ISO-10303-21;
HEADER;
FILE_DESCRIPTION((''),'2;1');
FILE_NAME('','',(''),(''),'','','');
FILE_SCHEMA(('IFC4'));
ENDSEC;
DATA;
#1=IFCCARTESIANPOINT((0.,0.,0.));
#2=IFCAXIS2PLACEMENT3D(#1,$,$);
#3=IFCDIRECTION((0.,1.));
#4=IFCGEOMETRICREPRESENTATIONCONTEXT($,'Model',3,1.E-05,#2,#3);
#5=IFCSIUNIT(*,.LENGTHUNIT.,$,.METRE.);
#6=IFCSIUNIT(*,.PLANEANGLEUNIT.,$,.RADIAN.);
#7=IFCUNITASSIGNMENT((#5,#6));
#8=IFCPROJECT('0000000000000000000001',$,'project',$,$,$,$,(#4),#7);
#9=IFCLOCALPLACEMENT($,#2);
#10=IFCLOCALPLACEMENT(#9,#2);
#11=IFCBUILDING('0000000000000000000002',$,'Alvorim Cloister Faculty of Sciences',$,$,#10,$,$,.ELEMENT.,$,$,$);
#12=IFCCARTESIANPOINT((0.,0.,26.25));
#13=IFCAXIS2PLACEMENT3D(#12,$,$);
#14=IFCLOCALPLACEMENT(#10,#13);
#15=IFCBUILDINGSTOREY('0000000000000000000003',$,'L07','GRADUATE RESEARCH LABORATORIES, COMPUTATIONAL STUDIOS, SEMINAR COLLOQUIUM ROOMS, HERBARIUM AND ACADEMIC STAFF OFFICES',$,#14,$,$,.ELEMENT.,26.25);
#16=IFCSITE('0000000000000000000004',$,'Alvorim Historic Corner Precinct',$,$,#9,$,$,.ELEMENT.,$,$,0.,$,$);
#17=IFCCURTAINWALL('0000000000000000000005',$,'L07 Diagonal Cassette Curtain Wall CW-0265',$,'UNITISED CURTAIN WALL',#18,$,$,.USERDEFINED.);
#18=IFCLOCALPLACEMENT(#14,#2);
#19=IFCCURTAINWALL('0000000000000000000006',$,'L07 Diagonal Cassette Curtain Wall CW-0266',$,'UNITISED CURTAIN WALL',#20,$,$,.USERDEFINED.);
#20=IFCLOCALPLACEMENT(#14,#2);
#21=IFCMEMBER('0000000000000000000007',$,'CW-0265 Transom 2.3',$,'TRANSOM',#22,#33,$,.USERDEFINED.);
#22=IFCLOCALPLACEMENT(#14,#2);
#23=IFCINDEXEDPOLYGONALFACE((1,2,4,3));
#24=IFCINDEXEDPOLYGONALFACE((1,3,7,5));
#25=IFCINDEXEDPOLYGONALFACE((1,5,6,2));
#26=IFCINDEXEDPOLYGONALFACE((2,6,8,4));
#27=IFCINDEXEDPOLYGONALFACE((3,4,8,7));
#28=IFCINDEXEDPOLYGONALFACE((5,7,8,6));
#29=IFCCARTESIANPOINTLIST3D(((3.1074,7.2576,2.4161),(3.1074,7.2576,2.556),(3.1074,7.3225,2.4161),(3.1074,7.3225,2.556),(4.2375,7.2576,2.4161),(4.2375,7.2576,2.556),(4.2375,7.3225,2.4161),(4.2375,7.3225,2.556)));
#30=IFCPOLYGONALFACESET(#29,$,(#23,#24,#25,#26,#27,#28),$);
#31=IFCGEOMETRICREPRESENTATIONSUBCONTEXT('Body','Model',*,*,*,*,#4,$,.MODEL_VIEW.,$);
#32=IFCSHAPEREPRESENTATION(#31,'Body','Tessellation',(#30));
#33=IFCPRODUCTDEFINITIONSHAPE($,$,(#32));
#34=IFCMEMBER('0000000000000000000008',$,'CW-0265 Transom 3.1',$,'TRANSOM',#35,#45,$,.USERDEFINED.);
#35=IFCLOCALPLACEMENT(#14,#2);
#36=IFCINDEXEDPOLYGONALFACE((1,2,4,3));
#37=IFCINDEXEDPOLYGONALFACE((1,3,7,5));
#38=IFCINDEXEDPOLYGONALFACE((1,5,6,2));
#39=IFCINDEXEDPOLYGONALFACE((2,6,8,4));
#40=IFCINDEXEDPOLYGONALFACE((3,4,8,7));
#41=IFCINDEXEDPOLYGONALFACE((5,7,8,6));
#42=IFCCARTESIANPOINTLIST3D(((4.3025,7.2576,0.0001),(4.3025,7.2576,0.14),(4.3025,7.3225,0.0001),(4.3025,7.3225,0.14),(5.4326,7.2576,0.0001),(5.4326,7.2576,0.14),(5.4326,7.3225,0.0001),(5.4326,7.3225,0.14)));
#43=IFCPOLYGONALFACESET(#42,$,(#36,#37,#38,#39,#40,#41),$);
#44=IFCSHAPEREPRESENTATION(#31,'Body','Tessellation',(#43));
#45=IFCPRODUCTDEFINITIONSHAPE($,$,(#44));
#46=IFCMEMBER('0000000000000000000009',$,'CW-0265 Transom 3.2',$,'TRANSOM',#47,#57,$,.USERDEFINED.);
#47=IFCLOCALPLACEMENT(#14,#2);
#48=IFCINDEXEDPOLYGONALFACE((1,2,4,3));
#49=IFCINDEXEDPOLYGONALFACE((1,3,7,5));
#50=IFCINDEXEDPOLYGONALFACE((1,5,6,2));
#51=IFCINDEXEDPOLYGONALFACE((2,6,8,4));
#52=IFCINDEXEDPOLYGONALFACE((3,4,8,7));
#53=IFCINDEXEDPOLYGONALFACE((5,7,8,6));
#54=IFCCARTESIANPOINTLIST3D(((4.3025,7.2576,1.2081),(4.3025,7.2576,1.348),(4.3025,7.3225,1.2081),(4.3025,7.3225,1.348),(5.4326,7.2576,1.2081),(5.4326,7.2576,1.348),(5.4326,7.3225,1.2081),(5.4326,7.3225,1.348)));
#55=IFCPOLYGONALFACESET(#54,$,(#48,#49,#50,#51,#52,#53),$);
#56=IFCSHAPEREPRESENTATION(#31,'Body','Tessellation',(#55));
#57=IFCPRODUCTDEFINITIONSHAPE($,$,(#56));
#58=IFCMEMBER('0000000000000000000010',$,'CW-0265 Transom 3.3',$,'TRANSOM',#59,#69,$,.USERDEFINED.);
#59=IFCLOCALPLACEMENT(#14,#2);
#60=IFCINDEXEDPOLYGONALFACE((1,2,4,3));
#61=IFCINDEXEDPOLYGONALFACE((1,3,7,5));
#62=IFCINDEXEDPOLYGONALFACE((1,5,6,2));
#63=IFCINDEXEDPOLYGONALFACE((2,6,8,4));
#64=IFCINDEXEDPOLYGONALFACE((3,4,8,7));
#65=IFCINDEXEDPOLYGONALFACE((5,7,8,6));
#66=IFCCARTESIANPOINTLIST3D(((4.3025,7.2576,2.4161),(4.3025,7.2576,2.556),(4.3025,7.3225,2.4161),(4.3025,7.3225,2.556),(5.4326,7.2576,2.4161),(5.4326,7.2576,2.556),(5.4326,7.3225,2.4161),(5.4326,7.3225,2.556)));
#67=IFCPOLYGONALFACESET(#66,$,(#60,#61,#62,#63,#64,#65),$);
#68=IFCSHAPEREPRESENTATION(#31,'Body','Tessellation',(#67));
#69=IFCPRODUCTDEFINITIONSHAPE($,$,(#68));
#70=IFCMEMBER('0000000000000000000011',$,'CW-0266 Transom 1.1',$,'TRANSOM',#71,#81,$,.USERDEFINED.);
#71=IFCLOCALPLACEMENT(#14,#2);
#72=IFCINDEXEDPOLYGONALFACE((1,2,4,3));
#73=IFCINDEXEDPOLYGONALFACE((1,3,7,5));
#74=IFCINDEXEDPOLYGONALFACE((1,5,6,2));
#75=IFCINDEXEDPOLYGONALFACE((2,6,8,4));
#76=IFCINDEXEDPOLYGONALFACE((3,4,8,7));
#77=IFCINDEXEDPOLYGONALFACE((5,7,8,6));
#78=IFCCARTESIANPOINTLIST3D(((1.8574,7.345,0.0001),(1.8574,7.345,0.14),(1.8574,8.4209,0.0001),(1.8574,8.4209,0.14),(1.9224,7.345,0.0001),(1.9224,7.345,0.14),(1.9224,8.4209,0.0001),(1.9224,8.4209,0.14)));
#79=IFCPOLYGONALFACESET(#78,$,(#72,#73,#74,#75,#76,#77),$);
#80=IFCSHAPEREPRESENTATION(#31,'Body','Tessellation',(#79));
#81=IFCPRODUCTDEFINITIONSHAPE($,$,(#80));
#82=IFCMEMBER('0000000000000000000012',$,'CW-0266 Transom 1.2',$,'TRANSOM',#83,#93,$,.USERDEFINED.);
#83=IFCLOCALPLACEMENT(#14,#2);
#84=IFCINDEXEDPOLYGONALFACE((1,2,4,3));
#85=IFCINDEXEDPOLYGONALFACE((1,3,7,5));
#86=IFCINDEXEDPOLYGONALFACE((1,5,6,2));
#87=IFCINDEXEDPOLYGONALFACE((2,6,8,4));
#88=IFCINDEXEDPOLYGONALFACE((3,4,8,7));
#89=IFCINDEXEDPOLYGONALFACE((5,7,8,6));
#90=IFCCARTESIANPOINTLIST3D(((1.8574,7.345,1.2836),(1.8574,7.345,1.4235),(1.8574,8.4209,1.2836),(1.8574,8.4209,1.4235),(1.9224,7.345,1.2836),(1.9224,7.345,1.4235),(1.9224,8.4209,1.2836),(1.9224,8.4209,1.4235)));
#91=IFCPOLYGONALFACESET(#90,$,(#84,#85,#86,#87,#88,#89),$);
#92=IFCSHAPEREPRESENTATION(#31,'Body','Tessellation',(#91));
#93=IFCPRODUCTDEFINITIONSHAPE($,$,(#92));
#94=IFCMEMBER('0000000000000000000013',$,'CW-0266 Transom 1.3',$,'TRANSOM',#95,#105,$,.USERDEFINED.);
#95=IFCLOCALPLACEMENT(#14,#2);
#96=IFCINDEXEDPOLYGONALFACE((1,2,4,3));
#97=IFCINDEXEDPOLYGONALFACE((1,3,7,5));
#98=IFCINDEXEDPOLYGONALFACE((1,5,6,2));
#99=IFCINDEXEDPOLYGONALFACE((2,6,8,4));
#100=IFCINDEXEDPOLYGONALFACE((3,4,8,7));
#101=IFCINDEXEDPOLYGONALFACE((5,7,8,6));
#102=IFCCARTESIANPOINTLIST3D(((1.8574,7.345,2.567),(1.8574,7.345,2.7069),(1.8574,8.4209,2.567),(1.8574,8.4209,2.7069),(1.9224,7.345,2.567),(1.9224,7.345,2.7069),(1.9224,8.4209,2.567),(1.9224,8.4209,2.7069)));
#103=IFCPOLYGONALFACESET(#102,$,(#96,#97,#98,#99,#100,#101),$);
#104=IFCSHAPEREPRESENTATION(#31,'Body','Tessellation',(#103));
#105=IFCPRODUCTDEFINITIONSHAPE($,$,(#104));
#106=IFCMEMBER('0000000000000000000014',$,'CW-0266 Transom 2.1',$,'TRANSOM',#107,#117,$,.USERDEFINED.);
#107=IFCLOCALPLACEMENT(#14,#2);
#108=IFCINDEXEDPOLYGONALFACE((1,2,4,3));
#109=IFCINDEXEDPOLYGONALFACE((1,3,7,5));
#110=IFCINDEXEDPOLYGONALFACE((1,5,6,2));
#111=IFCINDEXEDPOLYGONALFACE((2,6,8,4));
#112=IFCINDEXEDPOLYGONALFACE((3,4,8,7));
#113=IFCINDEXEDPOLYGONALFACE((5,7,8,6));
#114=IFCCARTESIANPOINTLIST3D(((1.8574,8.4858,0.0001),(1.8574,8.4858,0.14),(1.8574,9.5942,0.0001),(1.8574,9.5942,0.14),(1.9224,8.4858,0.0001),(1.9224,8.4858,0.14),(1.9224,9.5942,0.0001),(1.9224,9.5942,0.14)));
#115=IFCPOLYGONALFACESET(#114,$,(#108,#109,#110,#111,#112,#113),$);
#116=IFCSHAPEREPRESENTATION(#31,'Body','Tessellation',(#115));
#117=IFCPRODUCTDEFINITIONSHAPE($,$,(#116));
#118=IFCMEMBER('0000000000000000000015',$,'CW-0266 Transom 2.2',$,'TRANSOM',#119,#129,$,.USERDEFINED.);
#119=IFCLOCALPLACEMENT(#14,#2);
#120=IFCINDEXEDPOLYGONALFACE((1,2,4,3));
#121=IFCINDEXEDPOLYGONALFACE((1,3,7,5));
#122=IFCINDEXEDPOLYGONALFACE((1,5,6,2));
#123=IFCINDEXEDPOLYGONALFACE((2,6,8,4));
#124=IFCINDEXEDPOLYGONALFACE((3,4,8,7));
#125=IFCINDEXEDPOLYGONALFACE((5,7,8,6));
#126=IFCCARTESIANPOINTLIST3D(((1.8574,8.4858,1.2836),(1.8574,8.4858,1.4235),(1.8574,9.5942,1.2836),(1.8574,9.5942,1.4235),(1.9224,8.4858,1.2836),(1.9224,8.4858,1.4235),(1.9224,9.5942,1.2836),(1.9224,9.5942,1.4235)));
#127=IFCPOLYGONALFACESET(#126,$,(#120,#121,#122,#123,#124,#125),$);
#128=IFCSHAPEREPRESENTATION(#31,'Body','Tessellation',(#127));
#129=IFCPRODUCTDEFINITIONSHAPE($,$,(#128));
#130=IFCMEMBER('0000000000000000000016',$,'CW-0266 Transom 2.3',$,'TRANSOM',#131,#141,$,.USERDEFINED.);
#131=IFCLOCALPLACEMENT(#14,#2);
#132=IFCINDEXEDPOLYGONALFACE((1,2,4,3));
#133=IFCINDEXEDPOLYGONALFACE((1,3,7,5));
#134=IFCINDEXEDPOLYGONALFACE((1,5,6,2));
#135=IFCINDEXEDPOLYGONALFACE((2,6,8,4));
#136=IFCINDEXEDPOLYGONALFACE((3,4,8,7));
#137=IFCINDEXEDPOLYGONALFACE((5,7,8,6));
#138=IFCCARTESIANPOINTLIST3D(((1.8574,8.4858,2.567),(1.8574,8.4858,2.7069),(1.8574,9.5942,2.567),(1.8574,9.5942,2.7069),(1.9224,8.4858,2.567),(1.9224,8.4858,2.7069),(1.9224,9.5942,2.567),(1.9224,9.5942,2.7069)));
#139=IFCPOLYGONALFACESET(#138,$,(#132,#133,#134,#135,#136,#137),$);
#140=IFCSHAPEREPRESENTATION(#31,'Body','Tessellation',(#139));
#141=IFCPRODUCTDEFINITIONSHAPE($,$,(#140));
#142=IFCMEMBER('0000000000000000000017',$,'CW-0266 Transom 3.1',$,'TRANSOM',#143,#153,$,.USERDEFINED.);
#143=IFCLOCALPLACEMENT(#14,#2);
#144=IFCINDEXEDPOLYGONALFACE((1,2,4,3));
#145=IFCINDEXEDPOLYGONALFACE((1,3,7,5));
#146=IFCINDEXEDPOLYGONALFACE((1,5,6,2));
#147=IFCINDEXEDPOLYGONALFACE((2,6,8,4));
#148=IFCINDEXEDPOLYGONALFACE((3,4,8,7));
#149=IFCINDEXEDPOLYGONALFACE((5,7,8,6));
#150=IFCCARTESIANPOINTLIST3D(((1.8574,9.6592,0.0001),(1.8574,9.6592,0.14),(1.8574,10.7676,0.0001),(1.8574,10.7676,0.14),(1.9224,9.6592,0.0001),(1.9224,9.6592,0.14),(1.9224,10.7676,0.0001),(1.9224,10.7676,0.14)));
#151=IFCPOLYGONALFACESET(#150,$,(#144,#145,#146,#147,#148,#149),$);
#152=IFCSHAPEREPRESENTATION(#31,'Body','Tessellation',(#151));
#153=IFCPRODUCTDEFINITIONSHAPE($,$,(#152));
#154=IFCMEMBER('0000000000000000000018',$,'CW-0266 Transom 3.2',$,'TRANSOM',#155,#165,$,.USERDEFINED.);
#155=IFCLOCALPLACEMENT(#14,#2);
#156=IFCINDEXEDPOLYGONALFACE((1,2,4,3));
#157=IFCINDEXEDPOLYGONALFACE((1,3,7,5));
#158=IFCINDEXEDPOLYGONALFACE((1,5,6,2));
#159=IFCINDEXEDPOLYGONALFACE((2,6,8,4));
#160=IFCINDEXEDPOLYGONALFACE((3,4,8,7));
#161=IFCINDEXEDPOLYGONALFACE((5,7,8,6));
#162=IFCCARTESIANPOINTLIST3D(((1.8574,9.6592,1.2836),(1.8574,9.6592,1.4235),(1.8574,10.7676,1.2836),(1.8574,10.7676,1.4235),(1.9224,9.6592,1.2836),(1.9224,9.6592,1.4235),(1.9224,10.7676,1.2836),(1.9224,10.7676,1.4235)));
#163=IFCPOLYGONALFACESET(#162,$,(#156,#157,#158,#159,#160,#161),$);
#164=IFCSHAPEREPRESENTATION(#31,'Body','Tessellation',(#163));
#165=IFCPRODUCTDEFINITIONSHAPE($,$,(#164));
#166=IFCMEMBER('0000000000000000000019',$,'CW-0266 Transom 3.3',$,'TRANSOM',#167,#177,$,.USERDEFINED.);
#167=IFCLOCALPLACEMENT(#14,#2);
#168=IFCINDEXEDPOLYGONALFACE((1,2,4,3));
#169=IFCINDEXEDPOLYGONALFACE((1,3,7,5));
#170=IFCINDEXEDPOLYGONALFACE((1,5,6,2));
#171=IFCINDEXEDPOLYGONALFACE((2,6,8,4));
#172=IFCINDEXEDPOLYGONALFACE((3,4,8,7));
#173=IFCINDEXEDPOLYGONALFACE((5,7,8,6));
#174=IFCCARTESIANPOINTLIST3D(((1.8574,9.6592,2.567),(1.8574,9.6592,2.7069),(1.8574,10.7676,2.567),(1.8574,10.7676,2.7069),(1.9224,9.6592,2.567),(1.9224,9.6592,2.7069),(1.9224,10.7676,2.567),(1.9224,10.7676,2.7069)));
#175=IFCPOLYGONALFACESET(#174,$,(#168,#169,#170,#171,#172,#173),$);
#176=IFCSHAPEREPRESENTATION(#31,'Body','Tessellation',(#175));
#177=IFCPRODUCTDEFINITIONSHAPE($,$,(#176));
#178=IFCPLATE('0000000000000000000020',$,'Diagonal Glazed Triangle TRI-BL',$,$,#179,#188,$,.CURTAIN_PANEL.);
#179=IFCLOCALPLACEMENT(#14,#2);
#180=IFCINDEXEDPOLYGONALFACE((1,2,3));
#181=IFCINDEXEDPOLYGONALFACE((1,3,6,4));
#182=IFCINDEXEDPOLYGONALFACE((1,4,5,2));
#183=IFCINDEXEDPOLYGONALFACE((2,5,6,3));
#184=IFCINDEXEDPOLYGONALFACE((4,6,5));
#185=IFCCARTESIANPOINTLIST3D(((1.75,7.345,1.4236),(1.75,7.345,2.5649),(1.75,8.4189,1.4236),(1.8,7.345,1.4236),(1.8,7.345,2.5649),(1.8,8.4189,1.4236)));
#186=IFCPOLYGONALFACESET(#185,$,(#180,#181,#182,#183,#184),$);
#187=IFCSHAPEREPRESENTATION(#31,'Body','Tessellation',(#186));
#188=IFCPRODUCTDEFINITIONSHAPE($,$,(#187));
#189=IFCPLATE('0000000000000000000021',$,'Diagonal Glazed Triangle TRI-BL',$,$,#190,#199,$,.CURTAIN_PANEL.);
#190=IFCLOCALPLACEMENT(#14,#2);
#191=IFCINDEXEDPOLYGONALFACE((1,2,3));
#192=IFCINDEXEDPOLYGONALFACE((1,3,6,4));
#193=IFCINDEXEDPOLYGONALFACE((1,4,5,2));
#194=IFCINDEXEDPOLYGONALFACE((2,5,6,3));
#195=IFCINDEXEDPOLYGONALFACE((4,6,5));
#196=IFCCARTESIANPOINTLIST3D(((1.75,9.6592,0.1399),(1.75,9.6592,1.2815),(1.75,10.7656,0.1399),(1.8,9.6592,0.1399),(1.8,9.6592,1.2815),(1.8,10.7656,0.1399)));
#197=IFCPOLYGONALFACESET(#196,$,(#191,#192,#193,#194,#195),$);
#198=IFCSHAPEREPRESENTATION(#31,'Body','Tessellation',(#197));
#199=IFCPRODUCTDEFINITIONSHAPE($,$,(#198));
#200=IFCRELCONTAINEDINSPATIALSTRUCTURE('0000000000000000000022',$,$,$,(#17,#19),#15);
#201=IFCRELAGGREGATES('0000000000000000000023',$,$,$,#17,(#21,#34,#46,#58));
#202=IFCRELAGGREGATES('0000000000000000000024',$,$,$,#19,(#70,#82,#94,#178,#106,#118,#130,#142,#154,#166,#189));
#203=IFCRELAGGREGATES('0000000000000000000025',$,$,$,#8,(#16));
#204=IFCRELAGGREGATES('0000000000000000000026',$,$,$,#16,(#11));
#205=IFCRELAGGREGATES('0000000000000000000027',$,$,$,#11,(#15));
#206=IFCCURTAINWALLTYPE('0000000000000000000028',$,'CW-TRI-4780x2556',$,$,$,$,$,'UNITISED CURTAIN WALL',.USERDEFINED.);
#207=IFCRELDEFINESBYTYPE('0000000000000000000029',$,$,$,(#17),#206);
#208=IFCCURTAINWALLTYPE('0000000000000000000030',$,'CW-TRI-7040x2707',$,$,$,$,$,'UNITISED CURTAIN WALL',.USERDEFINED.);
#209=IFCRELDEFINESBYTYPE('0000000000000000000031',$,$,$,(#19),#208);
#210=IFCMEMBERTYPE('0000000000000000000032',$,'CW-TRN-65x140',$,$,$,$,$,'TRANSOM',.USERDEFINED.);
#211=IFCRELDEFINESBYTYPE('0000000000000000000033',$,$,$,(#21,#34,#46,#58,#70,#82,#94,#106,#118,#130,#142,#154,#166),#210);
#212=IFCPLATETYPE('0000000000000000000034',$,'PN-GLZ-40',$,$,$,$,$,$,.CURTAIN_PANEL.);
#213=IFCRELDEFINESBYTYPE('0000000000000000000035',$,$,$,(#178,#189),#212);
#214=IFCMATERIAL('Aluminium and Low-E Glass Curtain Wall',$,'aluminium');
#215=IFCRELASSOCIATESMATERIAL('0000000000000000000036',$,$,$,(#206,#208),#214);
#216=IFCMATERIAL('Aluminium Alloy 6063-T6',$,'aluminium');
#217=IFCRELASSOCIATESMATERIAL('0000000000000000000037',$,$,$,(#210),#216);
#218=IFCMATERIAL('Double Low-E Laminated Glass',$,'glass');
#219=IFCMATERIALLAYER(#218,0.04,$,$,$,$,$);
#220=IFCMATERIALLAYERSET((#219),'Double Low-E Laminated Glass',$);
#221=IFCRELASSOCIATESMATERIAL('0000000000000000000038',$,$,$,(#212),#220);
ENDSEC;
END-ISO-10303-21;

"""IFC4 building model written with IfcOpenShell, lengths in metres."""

from ifc_helpers import new_model, si_unit, direction, frame, origin, origin_2d, place, context, subcontext, project, spatial, polyline, rectangle, outline, extrude, material, layer, layer_set, material_profile, profile_set, type_object, element, aggregate, save


model = new_model("IFC4")

# Units and contexts
model_context = context("Model", 3, precision=1e-05, world=origin(), true_north=direction((0.0, 1.0)))
body_context = subcontext(model_context, "Body", "Model", "MODEL_VIEW")
ifc_project = project(units=[si_unit("LENGTHUNIT", "METRE"), si_unit("PLANEANGLEUNIT", "RADIAN")], contexts=[model_context])

# Site, building, storey
site_placement = place(None, origin())
site = spatial("IfcSite", under=ifc_project, at=site_placement, Name="Alvorim Historic Corner Precinct", CompositionType="ELEMENT", RefElevation=0.0)
building_placement = place(site_placement, origin())
building = spatial("IfcBuilding", under=site, at=building_placement, Name="Alvorim Cloister Faculty of Sciences", CompositionType="ELEMENT")
storey_placement = place(building_placement, frame((0.0, 0.0, 26.25)))
storey = spatial("IfcBuildingStorey", under=building, at=storey_placement, Name="L07", Description="GRADUATE RESEARCH LABORATORIES, COMPUTATIONAL STUDIOS, SEMINAR COLLOQUIUM ROOMS, HERBARIUM AND ACADEMIC STAFF OFFICES", CompositionType="ELEMENT", Elevation=26.25)

# Curtain walls
ifc_material_1 = material(Name="Aluminium and Low-E Glass Curtain Wall", Category="aluminium")
curtain_wall_type_1 = type_object("IfcCurtainWallType", Name="CW-TRI-4780x2556", ElementType="UNITISED CURTAIN WALL", PredefinedType="USERDEFINED", material=ifc_material_1)
curtain_wall_1_placement = place(storey_placement, origin())
curtain_wall_1 = element("IfcCurtainWall", 1, at=curtain_wall_1_placement, inside=storey, type_object=curtain_wall_type_1, Name="L07 Diagonal Cassette Curtain Wall CW-0265", ObjectType="UNITISED CURTAIN WALL", PredefinedType="USERDEFINED")
ifc_material_2 = material(Name="Aluminium Alloy 6063-T6", Category="aluminium")
curtain_wall_type_2 = type_object("IfcCurtainWallType", Name="CW-TRI-7040x2707", ElementType="UNITISED CURTAIN WALL", PredefinedType="USERDEFINED", material=ifc_material_1)
curtain_wall_2_placement = place(storey_placement, origin())
curtain_wall_2 = element("IfcCurtainWall", 2, at=curtain_wall_2_placement, inside=storey, type_object=curtain_wall_type_2, Name="L07 Diagonal Cassette Curtain Wall CW-0266", ObjectType="UNITISED CURTAIN WALL", PredefinedType="USERDEFINED")

# Members
ifc_material_profile_1 = material_profile(ifc_material_2, rectangle(XDim=0.0649, YDim=0.1399, at=origin_2d()), Name="ALU-TRN-65x140")
ifc_profile_set_1 = profile_set([ifc_material_profile_1], Name="Aluminium Alloy 6063-T6")
member_type_1 = type_object("IfcMemberType", Name="CW-TRN-65x140", ElementType="TRANSOM", PredefinedType="USERDEFINED", material=ifc_profile_set_1)
member_1_placement = place(storey_placement, frame((3.1074, 7.29, 2.4861), z_axis=(1.0, 0.0, 0.0), x_axis=(0.0, 1.0, 0.0)))
member_1 = element("IfcMember", 3, at=member_1_placement, type_object=member_type_1, Name="CW-0265 Transom 2.3", ObjectType="TRANSOM", PredefinedType="USERDEFINED", context=body_context, shape_type="SweptSolid", body=[
    extrude(rectangle(XDim=0.0649, YDim=0.1399, at=origin_2d()), origin(), (0.0, 0.0, 1.0), 1.1301),
])
member_2_placement = place(storey_placement, frame((4.3025, 7.29, 0.0701), z_axis=(1.0, 0.0, 0.0), x_axis=(0.0, 1.0, 0.0)))
member_2 = element("IfcMember", 4, at=member_2_placement, type_object=member_type_1, Name="CW-0265 Transom 3.1", ObjectType="TRANSOM", PredefinedType="USERDEFINED", context=body_context, shape_type="SweptSolid", body=[
    extrude(rectangle(XDim=0.0649, YDim=0.1399, at=origin_2d()), origin(), (0.0, 0.0, 1.0), 1.1301),
])
member_3_placement = place(storey_placement, frame((4.3025, 7.29, 1.2781), z_axis=(1.0, 0.0, 0.0), x_axis=(0.0, 1.0, 0.0)))
member_3 = element("IfcMember", 5, at=member_3_placement, type_object=member_type_1, Name="CW-0265 Transom 3.2", ObjectType="TRANSOM", PredefinedType="USERDEFINED", context=body_context, shape_type="SweptSolid", body=[
    extrude(rectangle(XDim=0.0649, YDim=0.1399, at=origin_2d()), origin(), (0.0, 0.0, 1.0), 1.1301),
])
member_4_placement = place(storey_placement, frame((4.3025, 7.29, 2.4861), z_axis=(1.0, 0.0, 0.0), x_axis=(0.0, 1.0, 0.0)))
member_4 = element("IfcMember", 6, at=member_4_placement, type_object=member_type_1, Name="CW-0265 Transom 3.3", ObjectType="TRANSOM", PredefinedType="USERDEFINED", context=body_context, shape_type="SweptSolid", body=[
    extrude(rectangle(XDim=0.0649, YDim=0.1399, at=origin_2d()), origin(), (0.0, 0.0, 1.0), 1.1301),
])
aggregate(curtain_wall_1, [member_1, member_2, member_3, member_4])
member_5_placement = place(storey_placement, frame((1.8899, 7.345, 0.0701), z_axis=(0.0, 1.0, 0.0), x_axis=(-1.0, 0.0, 0.0)))
member_5 = element("IfcMember", 7, at=member_5_placement, type_object=member_type_1, Name="CW-0266 Transom 1.1", ObjectType="TRANSOM", PredefinedType="USERDEFINED", context=body_context, shape_type="SweptSolid", body=[
    extrude(rectangle(XDim=0.0649, YDim=0.1399, at=origin_2d()), origin(), (0.0, 0.0, 1.0), 1.0759),
])
member_6_placement = place(storey_placement, frame((1.8899, 7.345, 1.3535), z_axis=(0.0, 1.0, 0.0), x_axis=(-1.0, 0.0, 0.0)))
member_6 = element("IfcMember", 8, at=member_6_placement, type_object=member_type_1, Name="CW-0266 Transom 1.2", ObjectType="TRANSOM", PredefinedType="USERDEFINED", context=body_context, shape_type="SweptSolid", body=[
    extrude(rectangle(XDim=0.0649, YDim=0.1399, at=origin_2d()), origin(), (0.0, 0.0, 1.0), 1.0759),
])
member_7_placement = place(storey_placement, frame((1.8899, 7.345, 2.637), z_axis=(0.0, 1.0, 0.0), x_axis=(-1.0, 0.0, 0.0)))
member_7 = element("IfcMember", 9, at=member_7_placement, type_object=member_type_1, Name="CW-0266 Transom 1.3", ObjectType="TRANSOM", PredefinedType="USERDEFINED", context=body_context, shape_type="SweptSolid", body=[
    extrude(rectangle(XDim=0.0649, YDim=0.1399, at=origin_2d()), origin(), (0.0, 0.0, 1.0), 1.0759),
])
member_8_placement = place(storey_placement, frame((1.8899, 8.4858, 0.0701), z_axis=(0.0, 1.0, 0.0), x_axis=(-1.0, 0.0, 0.0)))
member_8 = element("IfcMember", 10, at=member_8_placement, type_object=member_type_1, Name="CW-0266 Transom 2.1", ObjectType="TRANSOM", PredefinedType="USERDEFINED", context=body_context, shape_type="SweptSolid", body=[
    extrude(rectangle(XDim=0.0649, YDim=0.1399, at=origin_2d()), origin(), (0.0, 0.0, 1.0), 1.1084),
])
member_9_placement = place(storey_placement, frame((1.8899, 8.4858, 1.3535), z_axis=(0.0, 1.0, 0.0), x_axis=(-1.0, 0.0, 0.0)))
member_9 = element("IfcMember", 11, at=member_9_placement, type_object=member_type_1, Name="CW-0266 Transom 2.2", ObjectType="TRANSOM", PredefinedType="USERDEFINED", context=body_context, shape_type="SweptSolid", body=[
    extrude(rectangle(XDim=0.0649, YDim=0.1399, at=origin_2d()), origin(), (0.0, 0.0, 1.0), 1.1084),
])
member_10_placement = place(storey_placement, frame((1.8899, 8.4858, 2.637), z_axis=(0.0, 1.0, 0.0), x_axis=(-1.0, 0.0, 0.0)))
member_10 = element("IfcMember", 12, at=member_10_placement, type_object=member_type_1, Name="CW-0266 Transom 2.3", ObjectType="TRANSOM", PredefinedType="USERDEFINED", context=body_context, shape_type="SweptSolid", body=[
    extrude(rectangle(XDim=0.0649, YDim=0.1399, at=origin_2d()), origin(), (0.0, 0.0, 1.0), 1.1084),
])
member_11_placement = place(storey_placement, frame((1.8899, 9.6592, 0.0701), z_axis=(0.0, 1.0, 0.0), x_axis=(-1.0, 0.0, 0.0)))
member_11 = element("IfcMember", 13, at=member_11_placement, type_object=member_type_1, Name="CW-0266 Transom 3.1", ObjectType="TRANSOM", PredefinedType="USERDEFINED", context=body_context, shape_type="SweptSolid", body=[
    extrude(rectangle(XDim=0.0649, YDim=0.1399, at=origin_2d()), origin(), (0.0, 0.0, 1.0), 1.1084),
])
member_12_placement = place(storey_placement, frame((1.8899, 9.6592, 1.3535), z_axis=(0.0, 1.0, 0.0), x_axis=(-1.0, 0.0, 0.0)))
member_12 = element("IfcMember", 14, at=member_12_placement, type_object=member_type_1, Name="CW-0266 Transom 3.2", ObjectType="TRANSOM", PredefinedType="USERDEFINED", context=body_context, shape_type="SweptSolid", body=[
    extrude(rectangle(XDim=0.0649, YDim=0.1399, at=origin_2d()), origin(), (0.0, 0.0, 1.0), 1.1084),
])
member_13_placement = place(storey_placement, frame((1.8899, 9.6592, 2.637), z_axis=(0.0, 1.0, 0.0), x_axis=(-1.0, 0.0, 0.0)))
member_13 = element("IfcMember", 15, at=member_13_placement, type_object=member_type_1, Name="CW-0266 Transom 3.3", ObjectType="TRANSOM", PredefinedType="USERDEFINED", context=body_context, shape_type="SweptSolid", body=[
    extrude(rectangle(XDim=0.0649, YDim=0.1399, at=origin_2d()), origin(), (0.0, 0.0, 1.0), 1.1084),
])

# Plates
ifc_material_3 = material(Name="Double Low-E Laminated Glass", Category="glass")
ifc_layer = layer(ifc_material_3, 0.04)
ifc_layer_set = layer_set([ifc_layer], Name="Double Low-E Laminated Glass")
plate_type = type_object("IfcPlateType", Name="PN-GLZ-40", PredefinedType="CURTAIN_PANEL", material=ifc_layer_set)
plate_1_placement = place(storey_placement, frame((1.7749, 7.345, 1.4236), z_axis=(0.0, 0.0, 1.0), x_axis=(0.0, 1.0, 0.0)))
plate_1 = element("IfcPlate", 16, at=plate_1_placement, type_object=plate_type, Name="Diagonal Glazed Triangle TRI-BL", PredefinedType="CURTAIN_PANEL", context=body_context, shape_type="SweptSolid", body=[
    extrude(outline(polyline([(0.0, 0.0), (1.074, 0.0), (0.0, 1.1414), (0.0, 0.0)])), frame((0.0, 0.0249, 0.0), z_axis=(0.0, -1.0, 0.0), x_axis=(1.0, 0.0, 0.0)), (0.0, 0.0, 1.0), 0.05),
])
plate_2_placement = place(storey_placement, frame((1.7749, 9.6592, 0.1399), z_axis=(0.0, 0.0, 1.0), x_axis=(0.0, 1.0, 0.0)))
plate_2 = element("IfcPlate", 17, at=plate_2_placement, type_object=plate_type, Name="Diagonal Glazed Triangle TRI-BL", PredefinedType="CURTAIN_PANEL", context=body_context, shape_type="SweptSolid", body=[
    extrude(outline(polyline([(0.0, 0.0), (1.1064, 0.0), (0.0, 1.1416), (0.0, 0.0)])), frame((0.0, 0.0249, 0.0), z_axis=(0.0, -1.0, 0.0), x_axis=(1.0, 0.0, 0.0)), (0.0, 0.0, 1.0), 0.05),
])
aggregate(curtain_wall_2, [member_5, member_6, member_7, plate_1, member_8, member_9, member_10, member_11, member_12, member_13, plate_2])

save(model, "model.ifc")
